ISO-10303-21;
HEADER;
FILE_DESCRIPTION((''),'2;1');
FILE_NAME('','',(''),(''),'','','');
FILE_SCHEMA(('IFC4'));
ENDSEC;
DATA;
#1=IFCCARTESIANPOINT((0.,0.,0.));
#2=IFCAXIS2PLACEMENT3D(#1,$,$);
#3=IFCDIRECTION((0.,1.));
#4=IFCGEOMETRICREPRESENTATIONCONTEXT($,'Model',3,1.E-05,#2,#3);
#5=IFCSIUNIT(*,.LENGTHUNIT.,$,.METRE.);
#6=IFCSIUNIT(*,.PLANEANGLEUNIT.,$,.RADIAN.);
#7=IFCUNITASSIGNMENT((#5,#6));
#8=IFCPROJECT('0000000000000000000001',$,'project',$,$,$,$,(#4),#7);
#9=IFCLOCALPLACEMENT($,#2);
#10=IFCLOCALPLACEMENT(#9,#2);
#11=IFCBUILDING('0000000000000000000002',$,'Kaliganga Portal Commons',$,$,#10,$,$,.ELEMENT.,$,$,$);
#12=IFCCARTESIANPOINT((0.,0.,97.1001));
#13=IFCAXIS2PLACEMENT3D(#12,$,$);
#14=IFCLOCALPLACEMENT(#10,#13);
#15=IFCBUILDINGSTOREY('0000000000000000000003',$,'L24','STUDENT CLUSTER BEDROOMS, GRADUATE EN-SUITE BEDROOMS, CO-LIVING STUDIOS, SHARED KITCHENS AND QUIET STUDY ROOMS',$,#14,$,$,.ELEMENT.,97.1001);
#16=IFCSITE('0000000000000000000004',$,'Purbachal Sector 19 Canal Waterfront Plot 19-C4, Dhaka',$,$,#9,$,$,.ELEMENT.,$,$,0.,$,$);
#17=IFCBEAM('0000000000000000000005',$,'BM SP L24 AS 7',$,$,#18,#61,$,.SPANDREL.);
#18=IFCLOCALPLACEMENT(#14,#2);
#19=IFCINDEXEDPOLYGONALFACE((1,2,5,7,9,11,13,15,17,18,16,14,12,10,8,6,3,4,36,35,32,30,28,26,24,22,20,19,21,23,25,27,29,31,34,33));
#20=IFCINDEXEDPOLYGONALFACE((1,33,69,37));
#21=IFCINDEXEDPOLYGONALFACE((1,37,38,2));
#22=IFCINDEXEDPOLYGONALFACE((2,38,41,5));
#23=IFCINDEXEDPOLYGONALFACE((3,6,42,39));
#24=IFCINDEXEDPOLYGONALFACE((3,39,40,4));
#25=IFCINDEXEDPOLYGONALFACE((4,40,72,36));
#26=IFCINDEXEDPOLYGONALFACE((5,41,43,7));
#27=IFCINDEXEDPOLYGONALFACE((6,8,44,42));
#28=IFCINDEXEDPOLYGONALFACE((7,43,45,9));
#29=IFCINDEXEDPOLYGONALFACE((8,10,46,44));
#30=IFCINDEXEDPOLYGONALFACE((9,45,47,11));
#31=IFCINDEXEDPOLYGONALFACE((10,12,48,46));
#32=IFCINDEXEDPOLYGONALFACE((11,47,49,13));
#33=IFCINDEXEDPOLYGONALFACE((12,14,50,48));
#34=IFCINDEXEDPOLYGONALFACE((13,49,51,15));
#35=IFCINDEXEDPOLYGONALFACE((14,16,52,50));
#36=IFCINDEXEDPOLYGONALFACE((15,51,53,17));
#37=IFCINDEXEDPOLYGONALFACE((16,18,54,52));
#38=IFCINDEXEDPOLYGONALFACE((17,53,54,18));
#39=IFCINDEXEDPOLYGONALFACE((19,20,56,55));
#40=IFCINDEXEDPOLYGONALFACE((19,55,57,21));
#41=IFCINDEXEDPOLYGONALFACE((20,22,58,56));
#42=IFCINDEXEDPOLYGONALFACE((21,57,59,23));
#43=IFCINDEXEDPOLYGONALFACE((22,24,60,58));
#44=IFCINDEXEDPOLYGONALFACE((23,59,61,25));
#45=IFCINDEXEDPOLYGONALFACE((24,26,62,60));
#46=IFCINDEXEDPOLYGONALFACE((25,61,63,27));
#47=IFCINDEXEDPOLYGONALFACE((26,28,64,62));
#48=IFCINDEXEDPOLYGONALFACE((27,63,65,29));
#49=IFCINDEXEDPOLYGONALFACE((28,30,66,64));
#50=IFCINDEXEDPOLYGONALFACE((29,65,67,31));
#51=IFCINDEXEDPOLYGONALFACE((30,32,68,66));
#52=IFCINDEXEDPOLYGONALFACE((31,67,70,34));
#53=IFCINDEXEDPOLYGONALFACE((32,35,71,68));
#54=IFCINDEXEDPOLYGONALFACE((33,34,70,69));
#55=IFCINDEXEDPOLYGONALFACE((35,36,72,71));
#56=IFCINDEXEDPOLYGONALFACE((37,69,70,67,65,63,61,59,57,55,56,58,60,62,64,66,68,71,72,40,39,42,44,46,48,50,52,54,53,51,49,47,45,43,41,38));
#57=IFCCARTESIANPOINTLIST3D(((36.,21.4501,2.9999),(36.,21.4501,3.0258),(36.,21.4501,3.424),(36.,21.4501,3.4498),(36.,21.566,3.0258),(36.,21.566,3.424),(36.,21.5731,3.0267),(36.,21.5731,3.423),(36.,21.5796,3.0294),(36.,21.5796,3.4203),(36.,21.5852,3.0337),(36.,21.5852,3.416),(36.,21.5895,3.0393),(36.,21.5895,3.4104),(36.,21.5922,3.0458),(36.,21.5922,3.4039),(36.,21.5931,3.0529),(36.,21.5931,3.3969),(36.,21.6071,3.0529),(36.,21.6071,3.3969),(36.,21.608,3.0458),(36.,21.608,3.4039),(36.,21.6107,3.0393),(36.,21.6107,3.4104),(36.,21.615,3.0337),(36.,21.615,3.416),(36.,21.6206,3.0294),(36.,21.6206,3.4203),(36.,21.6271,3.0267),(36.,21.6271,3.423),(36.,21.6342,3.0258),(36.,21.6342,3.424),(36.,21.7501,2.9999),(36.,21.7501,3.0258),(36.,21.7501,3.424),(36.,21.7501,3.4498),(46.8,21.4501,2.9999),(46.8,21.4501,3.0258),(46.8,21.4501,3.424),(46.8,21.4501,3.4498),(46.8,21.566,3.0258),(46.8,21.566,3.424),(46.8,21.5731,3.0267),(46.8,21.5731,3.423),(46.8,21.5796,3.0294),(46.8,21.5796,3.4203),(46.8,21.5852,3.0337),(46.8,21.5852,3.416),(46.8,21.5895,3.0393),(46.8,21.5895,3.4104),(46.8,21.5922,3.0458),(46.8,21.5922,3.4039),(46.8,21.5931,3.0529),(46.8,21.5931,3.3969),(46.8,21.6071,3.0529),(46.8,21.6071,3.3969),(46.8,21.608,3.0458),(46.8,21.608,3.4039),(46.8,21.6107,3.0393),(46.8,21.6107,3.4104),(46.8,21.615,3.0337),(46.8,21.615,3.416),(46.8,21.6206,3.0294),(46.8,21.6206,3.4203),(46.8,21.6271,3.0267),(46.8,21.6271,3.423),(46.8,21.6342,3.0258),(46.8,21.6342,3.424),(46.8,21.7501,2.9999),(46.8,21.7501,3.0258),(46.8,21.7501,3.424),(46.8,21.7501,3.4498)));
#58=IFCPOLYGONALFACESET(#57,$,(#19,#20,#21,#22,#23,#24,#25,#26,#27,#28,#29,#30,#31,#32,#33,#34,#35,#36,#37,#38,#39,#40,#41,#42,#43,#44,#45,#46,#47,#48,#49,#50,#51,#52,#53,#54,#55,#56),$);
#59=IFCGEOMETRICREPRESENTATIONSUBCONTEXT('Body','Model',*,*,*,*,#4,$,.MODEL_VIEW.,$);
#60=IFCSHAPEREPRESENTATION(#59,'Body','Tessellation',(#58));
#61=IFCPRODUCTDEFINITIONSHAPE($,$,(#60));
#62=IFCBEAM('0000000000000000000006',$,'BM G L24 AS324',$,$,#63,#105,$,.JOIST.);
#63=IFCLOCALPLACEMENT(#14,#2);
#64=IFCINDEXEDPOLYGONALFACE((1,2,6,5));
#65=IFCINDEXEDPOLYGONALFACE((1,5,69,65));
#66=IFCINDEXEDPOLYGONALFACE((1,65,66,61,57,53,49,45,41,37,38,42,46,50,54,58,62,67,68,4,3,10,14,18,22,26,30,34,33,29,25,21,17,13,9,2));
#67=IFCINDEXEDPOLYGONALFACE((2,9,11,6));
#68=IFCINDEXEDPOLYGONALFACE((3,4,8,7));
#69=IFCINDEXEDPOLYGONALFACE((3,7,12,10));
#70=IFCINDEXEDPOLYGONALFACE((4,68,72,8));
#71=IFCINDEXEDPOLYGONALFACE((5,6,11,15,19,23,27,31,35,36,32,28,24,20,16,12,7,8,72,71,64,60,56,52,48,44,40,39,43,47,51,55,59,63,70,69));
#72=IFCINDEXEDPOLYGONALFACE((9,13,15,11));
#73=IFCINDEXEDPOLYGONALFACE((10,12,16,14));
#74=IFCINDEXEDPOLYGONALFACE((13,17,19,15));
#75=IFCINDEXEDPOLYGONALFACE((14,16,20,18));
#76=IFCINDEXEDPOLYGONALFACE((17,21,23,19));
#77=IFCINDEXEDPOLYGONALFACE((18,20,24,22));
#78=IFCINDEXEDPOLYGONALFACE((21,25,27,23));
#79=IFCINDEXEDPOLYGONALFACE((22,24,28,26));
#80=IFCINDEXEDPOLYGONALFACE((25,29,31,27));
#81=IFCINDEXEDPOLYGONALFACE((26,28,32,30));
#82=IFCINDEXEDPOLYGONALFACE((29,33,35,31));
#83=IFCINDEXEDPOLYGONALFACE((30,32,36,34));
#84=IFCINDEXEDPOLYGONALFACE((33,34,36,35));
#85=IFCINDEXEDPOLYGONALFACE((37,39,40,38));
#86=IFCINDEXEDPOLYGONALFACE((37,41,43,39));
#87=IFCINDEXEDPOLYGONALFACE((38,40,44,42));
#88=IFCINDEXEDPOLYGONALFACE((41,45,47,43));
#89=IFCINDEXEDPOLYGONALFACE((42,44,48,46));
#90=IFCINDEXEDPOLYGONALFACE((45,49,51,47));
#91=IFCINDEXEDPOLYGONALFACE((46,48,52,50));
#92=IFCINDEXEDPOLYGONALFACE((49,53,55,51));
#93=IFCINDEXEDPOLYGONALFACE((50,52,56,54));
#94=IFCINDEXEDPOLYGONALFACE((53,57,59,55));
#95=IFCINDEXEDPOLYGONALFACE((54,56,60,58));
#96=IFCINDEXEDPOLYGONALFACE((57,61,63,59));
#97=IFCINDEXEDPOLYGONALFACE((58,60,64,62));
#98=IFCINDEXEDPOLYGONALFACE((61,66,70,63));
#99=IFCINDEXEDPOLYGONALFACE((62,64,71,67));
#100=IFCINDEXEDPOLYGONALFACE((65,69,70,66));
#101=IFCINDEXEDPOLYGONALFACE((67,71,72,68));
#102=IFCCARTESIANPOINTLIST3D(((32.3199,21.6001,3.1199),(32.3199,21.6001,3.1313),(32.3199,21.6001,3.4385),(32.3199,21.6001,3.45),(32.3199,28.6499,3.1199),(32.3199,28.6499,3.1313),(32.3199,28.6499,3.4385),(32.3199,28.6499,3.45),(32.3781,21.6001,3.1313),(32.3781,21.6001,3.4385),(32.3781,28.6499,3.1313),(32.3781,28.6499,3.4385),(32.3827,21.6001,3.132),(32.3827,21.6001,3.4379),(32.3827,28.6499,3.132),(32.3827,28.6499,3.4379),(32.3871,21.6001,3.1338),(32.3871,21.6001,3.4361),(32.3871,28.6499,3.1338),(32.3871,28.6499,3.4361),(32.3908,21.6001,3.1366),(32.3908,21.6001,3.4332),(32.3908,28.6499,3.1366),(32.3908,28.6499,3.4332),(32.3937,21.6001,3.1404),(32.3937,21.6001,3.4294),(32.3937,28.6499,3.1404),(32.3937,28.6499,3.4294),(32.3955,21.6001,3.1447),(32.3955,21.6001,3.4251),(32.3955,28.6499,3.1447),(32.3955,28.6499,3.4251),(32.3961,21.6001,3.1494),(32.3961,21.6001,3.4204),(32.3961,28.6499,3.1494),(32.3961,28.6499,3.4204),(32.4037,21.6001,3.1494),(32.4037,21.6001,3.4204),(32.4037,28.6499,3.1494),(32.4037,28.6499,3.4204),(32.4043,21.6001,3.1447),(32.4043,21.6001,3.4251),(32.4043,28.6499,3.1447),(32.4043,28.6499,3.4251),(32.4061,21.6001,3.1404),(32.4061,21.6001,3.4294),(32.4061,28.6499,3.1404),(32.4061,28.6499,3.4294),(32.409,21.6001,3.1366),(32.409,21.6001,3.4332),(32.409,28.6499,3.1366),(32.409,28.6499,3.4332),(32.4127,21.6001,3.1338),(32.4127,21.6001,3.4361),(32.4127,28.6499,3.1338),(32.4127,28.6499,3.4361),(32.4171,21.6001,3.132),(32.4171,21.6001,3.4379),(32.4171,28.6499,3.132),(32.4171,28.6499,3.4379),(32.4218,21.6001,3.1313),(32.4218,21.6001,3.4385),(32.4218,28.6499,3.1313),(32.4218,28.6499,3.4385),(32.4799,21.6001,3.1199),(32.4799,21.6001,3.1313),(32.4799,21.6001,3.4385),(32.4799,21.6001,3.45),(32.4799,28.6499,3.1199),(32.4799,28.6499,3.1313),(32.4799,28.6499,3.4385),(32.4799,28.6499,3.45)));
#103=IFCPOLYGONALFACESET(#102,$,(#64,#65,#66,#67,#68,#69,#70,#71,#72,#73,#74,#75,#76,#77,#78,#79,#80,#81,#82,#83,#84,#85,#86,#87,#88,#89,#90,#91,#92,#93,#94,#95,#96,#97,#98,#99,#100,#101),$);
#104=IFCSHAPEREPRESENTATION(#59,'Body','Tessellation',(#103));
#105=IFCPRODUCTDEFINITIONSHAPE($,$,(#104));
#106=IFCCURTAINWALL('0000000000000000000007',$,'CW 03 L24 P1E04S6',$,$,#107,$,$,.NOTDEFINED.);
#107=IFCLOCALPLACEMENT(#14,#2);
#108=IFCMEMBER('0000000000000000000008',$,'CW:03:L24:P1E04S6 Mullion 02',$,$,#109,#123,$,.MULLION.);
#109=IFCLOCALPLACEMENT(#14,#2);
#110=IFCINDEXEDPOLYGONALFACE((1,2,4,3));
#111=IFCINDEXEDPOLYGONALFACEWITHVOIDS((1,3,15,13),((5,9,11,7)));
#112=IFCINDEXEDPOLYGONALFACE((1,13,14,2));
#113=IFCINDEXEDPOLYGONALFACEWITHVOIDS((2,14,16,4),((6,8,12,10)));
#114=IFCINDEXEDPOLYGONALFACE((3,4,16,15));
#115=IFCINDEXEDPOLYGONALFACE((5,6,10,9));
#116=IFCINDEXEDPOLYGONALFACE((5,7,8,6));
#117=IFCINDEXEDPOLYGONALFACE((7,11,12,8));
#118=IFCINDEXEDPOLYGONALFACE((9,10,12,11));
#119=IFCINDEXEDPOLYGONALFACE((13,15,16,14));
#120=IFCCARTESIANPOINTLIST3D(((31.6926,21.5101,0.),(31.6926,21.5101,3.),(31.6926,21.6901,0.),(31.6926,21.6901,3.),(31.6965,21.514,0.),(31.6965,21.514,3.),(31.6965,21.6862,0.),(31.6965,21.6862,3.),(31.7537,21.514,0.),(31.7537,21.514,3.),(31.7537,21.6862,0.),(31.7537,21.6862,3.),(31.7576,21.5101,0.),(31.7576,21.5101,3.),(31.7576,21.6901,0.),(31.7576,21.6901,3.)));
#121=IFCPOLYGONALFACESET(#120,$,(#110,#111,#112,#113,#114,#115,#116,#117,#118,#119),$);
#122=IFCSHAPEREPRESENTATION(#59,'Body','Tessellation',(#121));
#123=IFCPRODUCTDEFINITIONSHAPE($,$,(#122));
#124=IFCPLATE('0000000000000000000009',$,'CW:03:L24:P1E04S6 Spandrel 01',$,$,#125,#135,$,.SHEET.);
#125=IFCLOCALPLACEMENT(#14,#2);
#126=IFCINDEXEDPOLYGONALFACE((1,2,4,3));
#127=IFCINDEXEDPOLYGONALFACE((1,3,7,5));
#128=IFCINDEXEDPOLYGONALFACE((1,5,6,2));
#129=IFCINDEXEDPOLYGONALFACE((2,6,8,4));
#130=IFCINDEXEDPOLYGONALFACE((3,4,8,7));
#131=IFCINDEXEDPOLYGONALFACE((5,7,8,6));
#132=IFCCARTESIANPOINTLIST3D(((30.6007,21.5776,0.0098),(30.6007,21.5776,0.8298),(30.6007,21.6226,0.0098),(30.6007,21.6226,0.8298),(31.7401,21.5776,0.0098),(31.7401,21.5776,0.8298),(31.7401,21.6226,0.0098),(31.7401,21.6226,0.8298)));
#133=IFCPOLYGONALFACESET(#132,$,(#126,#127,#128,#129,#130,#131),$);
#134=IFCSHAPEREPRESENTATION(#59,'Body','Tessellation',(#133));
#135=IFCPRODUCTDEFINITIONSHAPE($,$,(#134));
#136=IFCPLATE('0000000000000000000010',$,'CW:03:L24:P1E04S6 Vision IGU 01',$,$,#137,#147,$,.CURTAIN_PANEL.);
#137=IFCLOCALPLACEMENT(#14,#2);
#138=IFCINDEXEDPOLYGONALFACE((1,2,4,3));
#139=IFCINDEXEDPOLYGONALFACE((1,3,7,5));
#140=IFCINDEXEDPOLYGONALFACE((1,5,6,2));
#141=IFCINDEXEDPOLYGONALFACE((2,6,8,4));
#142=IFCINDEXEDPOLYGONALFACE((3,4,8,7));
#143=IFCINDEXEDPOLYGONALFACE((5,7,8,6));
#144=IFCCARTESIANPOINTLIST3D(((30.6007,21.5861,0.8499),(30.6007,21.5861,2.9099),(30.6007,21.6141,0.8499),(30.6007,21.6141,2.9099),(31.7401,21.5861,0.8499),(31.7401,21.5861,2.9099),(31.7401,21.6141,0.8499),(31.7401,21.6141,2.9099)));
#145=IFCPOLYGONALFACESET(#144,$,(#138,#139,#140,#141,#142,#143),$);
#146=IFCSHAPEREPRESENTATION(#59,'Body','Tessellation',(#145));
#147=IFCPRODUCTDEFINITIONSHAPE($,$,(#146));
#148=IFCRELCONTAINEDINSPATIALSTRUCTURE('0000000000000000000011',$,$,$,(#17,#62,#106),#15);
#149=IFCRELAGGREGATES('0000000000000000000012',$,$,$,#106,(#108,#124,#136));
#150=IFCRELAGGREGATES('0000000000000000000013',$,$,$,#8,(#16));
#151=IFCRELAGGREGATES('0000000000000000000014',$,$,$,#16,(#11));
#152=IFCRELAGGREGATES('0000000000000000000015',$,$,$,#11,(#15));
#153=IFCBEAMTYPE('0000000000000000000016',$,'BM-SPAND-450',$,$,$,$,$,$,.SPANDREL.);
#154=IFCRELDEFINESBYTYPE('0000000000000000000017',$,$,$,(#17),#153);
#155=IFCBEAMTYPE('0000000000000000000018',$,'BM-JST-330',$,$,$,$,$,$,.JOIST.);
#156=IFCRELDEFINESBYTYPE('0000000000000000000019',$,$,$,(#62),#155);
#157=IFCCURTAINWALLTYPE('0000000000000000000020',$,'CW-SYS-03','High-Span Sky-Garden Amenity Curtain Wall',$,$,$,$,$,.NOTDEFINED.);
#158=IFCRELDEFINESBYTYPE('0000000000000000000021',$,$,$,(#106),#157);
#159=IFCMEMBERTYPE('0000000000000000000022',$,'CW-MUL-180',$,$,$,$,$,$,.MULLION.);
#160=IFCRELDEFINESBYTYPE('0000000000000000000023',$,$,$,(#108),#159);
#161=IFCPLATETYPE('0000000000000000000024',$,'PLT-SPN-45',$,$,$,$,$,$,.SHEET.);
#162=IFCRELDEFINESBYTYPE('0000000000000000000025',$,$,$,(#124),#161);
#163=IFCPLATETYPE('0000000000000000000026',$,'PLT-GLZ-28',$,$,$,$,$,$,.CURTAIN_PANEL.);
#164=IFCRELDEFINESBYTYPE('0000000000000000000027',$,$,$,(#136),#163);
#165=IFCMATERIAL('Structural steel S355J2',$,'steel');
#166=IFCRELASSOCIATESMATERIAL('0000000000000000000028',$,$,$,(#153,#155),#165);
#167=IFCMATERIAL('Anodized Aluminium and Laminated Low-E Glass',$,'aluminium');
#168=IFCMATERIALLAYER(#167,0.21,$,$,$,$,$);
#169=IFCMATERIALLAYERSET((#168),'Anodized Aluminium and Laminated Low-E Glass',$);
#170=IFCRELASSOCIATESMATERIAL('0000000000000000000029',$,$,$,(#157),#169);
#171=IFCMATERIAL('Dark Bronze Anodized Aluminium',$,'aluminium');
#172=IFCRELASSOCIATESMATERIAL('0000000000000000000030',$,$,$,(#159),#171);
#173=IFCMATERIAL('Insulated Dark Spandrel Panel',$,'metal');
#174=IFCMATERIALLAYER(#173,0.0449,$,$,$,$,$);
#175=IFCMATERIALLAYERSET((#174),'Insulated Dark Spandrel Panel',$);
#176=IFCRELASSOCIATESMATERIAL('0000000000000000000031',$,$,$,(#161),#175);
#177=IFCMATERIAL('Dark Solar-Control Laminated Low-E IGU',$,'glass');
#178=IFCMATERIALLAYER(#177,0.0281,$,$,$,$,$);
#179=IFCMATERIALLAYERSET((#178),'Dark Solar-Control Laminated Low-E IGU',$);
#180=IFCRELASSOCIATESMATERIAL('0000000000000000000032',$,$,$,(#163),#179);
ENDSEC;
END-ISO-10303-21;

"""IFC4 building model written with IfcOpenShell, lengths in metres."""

from ifc_helpers import new_model, si_unit, direction, frame, origin, origin_2d, place, context, subcontext, project, spatial, rectangle, hollow_rectangle, i_section, extrude, source, transform, mapped, material, layer, layer_set, material_profile, profile_set, type_object, element, aggregate, save


model = new_model("IFC4")

# Units and contexts
model_context = context("Model", 3, precision=1e-05, world=origin(), true_north=direction((0.0, 1.0)))
body_context = subcontext(model_context, "Body", "Model", "MODEL_VIEW")
ifc_project = project(units=[si_unit("LENGTHUNIT", "METRE"), si_unit("PLANEANGLEUNIT", "RADIAN")], contexts=[model_context])

# Site, building, storey
site_placement = place(None, origin())
site = spatial("IfcSite", under=ifc_project, at=site_placement, Name="Purbachal Sector 19 Canal Waterfront Plot 19-C4, Dhaka", CompositionType="ELEMENT", RefElevation=0.0)
building_placement = place(site_placement, origin())
building = spatial("IfcBuilding", under=site, at=building_placement, Name="Kaliganga Portal Commons", CompositionType="ELEMENT")
storey_placement = place(building_placement, frame((0.0, 0.0, 97.1001)))
storey = spatial("IfcBuildingStorey", under=building, at=storey_placement, Name="L24", Description="STUDENT CLUSTER BEDROOMS, GRADUATE EN-SUITE BEDROOMS, CO-LIVING STUDIOS, SHARED KITCHENS AND QUIET STUDY ROOMS", CompositionType="ELEMENT", Elevation=97.1001)

# Beams
ifc_material_1 = material(Name="Structural steel S355J2", Category="steel")
ifc_material_profile_1 = material_profile(ifc_material_1, i_section(OverallWidth=0.3, OverallDepth=0.45, WebThickness=0.0139, FlangeThickness=0.0259, FilletRadius=0.0271, at=origin_2d()), Name="HE 450 B")
ifc_profile_set_1 = profile_set([ifc_material_profile_1], Name="Structural steel S355J2 wide-flange")
beam_type_1 = type_object("IfcBeamType", Name="BM-SPAND-450", PredefinedType="SPANDREL", material=ifc_profile_set_1)
shared_shape_1 = source(origin(), body_context, "Body", "SweptSolid", [
    extrude(i_section(OverallWidth=0.3, OverallDepth=0.45, WebThickness=0.0139, FlangeThickness=0.0259, FilletRadius=0.0271, at=origin_2d()), origin(), (0.0, 0.0, 1.0), 10.8),
])
beam_1_placement = place(storey_placement, frame((36.0, 21.6001, 3.2249), z_axis=(1.0, 0.0, 0.0), x_axis=(0.0, 1.0, 0.0)))
element("IfcBeam", 1, at=beam_1_placement, inside=storey, type_object=beam_type_1, Name="BM SP L24 AS 7", PredefinedType="SPANDREL", context=body_context, shape_type="MappedRepresentation", body=[
    mapped(shared_shape_1, transform((0.0, 0.0, 0.0), x_axis=(1.0, 0.0, 0.0), y_axis=(0.0, 1.0, 0.0), z_axis=(0.0, 0.0, 1.0), scale=1.0)),
])
ifc_material_profile_2 = material_profile(ifc_material_1, i_section(OverallWidth=0.1599, OverallDepth=0.3301, WebThickness=0.0076, FlangeThickness=0.0115, FilletRadius=0.0181, at=origin_2d()), Name="IPE 330")
ifc_profile_set_2 = profile_set([ifc_material_profile_2], Name="Structural steel S355J2 wide-flange")
beam_type_2 = type_object("IfcBeamType", Name="BM-JST-330", PredefinedType="JOIST", material=ifc_profile_set_2)
shared_shape_2 = source(origin(), body_context, "Body", "SweptSolid", [
    extrude(i_section(OverallWidth=0.1599, OverallDepth=0.3301, WebThickness=0.0076, FlangeThickness=0.0115, FilletRadius=0.0181, at=origin_2d()), origin(), (0.0, 0.0, 1.0), 7.0498),
])
beam_2_placement = place(storey_placement, frame((32.3999, 21.6001, 3.2849), z_axis=(0.0, 1.0, 0.0), x_axis=(-1.0, 0.0, 0.0)))
element("IfcBeam", 2, at=beam_2_placement, inside=storey, type_object=beam_type_2, Name="BM G L24 AS324", PredefinedType="JOIST", context=body_context, shape_type="MappedRepresentation", body=[
    mapped(shared_shape_2, transform((0.0, 0.0, 0.0), x_axis=(1.0, 0.0, 0.0), y_axis=(0.0, 1.0, 0.0), z_axis=(0.0, 0.0, 1.0), scale=1.0)),
])

# Curtain wall, member, plates
ifc_material_2 = material(Name="Anodized Aluminium and Laminated Low-E Glass", Category="aluminium")
ifc_layer_1 = layer(ifc_material_2, 0.21)
ifc_layer_set_1 = layer_set([ifc_layer_1], Name="Anodized Aluminium and Laminated Low-E Glass")
curtain_wall_type = type_object("IfcCurtainWallType", Name="CW-SYS-03", Description="High-Span Sky-Garden Amenity Curtain Wall", PredefinedType="NOTDEFINED", material=ifc_layer_set_1)
curtain_wall_placement = place(storey_placement, origin())
curtain_wall = element("IfcCurtainWall", 3, at=curtain_wall_placement, inside=storey, type_object=curtain_wall_type, Name="CW 03 L24 P1E04S6", PredefinedType="NOTDEFINED")
ifc_material_3 = material(Name="Dark Bronze Anodized Aluminium", Category="aluminium")
ifc_material_profile_3 = material_profile(ifc_material_3, hollow_rectangle(XDim=0.0649, YDim=0.1799, WallThickness=0.0039, at=origin_2d()), Name="ALU MULL 65x180x4")
ifc_profile_set_3 = profile_set([ifc_material_profile_3], Name="Dark Bronze Anodized Aluminium")
member_type = type_object("IfcMemberType", Name="CW-MUL-180", PredefinedType="MULLION", material=ifc_profile_set_3)
shared_shape_3 = source(origin(), body_context, "Body", "SweptSolid", [
    extrude(hollow_rectangle(XDim=0.0649, YDim=0.1799, WallThickness=0.0039, at=origin_2d()), origin(), (0.0, 0.0, 1.0), 3.0),
])
member_placement = place(storey_placement, frame((31.7251, 21.6001, 0.0), z_axis=(0.0, 0.0, 1.0), x_axis=(1.0, 0.0, 0.0)))
member = element("IfcMember", 4, at=member_placement, type_object=member_type, Name="CW:03:L24:P1E04S6 Mullion 02", PredefinedType="MULLION", context=body_context, shape_type="MappedRepresentation", body=[
    mapped(shared_shape_3, transform((0.0, 0.0, 0.0), x_axis=(1.0, 0.0, 0.0), y_axis=(0.0, 1.0, 0.0), z_axis=(0.0, 0.0, 1.0), scale=1.0)),
])
ifc_material_4 = material(Name="Insulated Dark Spandrel Panel", Category="metal")
ifc_layer_2 = layer(ifc_material_4, 0.0449)
ifc_layer_set_2 = layer_set([ifc_layer_2], Name="Insulated Dark Spandrel Panel")
plate_type_1 = type_object("IfcPlateType", Name="PLT-SPN-45", PredefinedType="SHEET", material=ifc_layer_set_2)
shared_shape_4 = source(origin(), body_context, "Body", "SweptSolid", [
    extrude(rectangle(XDim=1.1394, YDim=0.0449, at=origin_2d()), origin(), (0.0, 0.0, 1.0), 0.8201),
])
plate_1_placement = place(storey_placement, frame((31.1704, 21.6001, 0.0098), z_axis=(0.0, 0.0, 1.0), x_axis=(1.0, 0.0, 0.0)))
plate_1 = element("IfcPlate", 5, at=plate_1_placement, type_object=plate_type_1, Name="CW:03:L24:P1E04S6 Spandrel 01", PredefinedType="SHEET", context=body_context, shape_type="MappedRepresentation", body=[
    mapped(shared_shape_4, transform((0.0, 0.0, 0.0), x_axis=(1.0, 0.0, 0.0), y_axis=(0.0, 1.0, 0.0), z_axis=(0.0, 0.0, 1.0), scale=1.0)),
])
ifc_material_5 = material(Name="Dark Solar-Control Laminated Low-E IGU", Category="glass")
ifc_layer_3 = layer(ifc_material_5, 0.0281)
ifc_layer_set_3 = layer_set([ifc_layer_3], Name="Dark Solar-Control Laminated Low-E IGU")
plate_type_2 = type_object("IfcPlateType", Name="PLT-GLZ-28", PredefinedType="CURTAIN_PANEL", material=ifc_layer_set_3)
shared_shape_5 = source(origin(), body_context, "Body", "SweptSolid", [
    extrude(rectangle(XDim=1.1394, YDim=0.0281, at=origin_2d()), origin(), (0.0, 0.0, 1.0), 2.0601),
])
plate_2_placement = place(storey_placement, frame((31.1704, 21.6001, 0.8499), z_axis=(0.0, 0.0, 1.0), x_axis=(1.0, 0.0, 0.0)))
plate_2 = element("IfcPlate", 6, at=plate_2_placement, type_object=plate_type_2, Name="CW:03:L24:P1E04S6 Vision IGU 01", PredefinedType="CURTAIN_PANEL", context=body_context, shape_type="MappedRepresentation", body=[
    mapped(shared_shape_5, transform((0.0, 0.0, 0.0), x_axis=(1.0, 0.0, 0.0), y_axis=(0.0, 1.0, 0.0), z_axis=(0.0, 0.0, 1.0), scale=1.0)),
])
aggregate(curtain_wall, [member, plate_1, plate_2])

save(model, "model.ifc")
